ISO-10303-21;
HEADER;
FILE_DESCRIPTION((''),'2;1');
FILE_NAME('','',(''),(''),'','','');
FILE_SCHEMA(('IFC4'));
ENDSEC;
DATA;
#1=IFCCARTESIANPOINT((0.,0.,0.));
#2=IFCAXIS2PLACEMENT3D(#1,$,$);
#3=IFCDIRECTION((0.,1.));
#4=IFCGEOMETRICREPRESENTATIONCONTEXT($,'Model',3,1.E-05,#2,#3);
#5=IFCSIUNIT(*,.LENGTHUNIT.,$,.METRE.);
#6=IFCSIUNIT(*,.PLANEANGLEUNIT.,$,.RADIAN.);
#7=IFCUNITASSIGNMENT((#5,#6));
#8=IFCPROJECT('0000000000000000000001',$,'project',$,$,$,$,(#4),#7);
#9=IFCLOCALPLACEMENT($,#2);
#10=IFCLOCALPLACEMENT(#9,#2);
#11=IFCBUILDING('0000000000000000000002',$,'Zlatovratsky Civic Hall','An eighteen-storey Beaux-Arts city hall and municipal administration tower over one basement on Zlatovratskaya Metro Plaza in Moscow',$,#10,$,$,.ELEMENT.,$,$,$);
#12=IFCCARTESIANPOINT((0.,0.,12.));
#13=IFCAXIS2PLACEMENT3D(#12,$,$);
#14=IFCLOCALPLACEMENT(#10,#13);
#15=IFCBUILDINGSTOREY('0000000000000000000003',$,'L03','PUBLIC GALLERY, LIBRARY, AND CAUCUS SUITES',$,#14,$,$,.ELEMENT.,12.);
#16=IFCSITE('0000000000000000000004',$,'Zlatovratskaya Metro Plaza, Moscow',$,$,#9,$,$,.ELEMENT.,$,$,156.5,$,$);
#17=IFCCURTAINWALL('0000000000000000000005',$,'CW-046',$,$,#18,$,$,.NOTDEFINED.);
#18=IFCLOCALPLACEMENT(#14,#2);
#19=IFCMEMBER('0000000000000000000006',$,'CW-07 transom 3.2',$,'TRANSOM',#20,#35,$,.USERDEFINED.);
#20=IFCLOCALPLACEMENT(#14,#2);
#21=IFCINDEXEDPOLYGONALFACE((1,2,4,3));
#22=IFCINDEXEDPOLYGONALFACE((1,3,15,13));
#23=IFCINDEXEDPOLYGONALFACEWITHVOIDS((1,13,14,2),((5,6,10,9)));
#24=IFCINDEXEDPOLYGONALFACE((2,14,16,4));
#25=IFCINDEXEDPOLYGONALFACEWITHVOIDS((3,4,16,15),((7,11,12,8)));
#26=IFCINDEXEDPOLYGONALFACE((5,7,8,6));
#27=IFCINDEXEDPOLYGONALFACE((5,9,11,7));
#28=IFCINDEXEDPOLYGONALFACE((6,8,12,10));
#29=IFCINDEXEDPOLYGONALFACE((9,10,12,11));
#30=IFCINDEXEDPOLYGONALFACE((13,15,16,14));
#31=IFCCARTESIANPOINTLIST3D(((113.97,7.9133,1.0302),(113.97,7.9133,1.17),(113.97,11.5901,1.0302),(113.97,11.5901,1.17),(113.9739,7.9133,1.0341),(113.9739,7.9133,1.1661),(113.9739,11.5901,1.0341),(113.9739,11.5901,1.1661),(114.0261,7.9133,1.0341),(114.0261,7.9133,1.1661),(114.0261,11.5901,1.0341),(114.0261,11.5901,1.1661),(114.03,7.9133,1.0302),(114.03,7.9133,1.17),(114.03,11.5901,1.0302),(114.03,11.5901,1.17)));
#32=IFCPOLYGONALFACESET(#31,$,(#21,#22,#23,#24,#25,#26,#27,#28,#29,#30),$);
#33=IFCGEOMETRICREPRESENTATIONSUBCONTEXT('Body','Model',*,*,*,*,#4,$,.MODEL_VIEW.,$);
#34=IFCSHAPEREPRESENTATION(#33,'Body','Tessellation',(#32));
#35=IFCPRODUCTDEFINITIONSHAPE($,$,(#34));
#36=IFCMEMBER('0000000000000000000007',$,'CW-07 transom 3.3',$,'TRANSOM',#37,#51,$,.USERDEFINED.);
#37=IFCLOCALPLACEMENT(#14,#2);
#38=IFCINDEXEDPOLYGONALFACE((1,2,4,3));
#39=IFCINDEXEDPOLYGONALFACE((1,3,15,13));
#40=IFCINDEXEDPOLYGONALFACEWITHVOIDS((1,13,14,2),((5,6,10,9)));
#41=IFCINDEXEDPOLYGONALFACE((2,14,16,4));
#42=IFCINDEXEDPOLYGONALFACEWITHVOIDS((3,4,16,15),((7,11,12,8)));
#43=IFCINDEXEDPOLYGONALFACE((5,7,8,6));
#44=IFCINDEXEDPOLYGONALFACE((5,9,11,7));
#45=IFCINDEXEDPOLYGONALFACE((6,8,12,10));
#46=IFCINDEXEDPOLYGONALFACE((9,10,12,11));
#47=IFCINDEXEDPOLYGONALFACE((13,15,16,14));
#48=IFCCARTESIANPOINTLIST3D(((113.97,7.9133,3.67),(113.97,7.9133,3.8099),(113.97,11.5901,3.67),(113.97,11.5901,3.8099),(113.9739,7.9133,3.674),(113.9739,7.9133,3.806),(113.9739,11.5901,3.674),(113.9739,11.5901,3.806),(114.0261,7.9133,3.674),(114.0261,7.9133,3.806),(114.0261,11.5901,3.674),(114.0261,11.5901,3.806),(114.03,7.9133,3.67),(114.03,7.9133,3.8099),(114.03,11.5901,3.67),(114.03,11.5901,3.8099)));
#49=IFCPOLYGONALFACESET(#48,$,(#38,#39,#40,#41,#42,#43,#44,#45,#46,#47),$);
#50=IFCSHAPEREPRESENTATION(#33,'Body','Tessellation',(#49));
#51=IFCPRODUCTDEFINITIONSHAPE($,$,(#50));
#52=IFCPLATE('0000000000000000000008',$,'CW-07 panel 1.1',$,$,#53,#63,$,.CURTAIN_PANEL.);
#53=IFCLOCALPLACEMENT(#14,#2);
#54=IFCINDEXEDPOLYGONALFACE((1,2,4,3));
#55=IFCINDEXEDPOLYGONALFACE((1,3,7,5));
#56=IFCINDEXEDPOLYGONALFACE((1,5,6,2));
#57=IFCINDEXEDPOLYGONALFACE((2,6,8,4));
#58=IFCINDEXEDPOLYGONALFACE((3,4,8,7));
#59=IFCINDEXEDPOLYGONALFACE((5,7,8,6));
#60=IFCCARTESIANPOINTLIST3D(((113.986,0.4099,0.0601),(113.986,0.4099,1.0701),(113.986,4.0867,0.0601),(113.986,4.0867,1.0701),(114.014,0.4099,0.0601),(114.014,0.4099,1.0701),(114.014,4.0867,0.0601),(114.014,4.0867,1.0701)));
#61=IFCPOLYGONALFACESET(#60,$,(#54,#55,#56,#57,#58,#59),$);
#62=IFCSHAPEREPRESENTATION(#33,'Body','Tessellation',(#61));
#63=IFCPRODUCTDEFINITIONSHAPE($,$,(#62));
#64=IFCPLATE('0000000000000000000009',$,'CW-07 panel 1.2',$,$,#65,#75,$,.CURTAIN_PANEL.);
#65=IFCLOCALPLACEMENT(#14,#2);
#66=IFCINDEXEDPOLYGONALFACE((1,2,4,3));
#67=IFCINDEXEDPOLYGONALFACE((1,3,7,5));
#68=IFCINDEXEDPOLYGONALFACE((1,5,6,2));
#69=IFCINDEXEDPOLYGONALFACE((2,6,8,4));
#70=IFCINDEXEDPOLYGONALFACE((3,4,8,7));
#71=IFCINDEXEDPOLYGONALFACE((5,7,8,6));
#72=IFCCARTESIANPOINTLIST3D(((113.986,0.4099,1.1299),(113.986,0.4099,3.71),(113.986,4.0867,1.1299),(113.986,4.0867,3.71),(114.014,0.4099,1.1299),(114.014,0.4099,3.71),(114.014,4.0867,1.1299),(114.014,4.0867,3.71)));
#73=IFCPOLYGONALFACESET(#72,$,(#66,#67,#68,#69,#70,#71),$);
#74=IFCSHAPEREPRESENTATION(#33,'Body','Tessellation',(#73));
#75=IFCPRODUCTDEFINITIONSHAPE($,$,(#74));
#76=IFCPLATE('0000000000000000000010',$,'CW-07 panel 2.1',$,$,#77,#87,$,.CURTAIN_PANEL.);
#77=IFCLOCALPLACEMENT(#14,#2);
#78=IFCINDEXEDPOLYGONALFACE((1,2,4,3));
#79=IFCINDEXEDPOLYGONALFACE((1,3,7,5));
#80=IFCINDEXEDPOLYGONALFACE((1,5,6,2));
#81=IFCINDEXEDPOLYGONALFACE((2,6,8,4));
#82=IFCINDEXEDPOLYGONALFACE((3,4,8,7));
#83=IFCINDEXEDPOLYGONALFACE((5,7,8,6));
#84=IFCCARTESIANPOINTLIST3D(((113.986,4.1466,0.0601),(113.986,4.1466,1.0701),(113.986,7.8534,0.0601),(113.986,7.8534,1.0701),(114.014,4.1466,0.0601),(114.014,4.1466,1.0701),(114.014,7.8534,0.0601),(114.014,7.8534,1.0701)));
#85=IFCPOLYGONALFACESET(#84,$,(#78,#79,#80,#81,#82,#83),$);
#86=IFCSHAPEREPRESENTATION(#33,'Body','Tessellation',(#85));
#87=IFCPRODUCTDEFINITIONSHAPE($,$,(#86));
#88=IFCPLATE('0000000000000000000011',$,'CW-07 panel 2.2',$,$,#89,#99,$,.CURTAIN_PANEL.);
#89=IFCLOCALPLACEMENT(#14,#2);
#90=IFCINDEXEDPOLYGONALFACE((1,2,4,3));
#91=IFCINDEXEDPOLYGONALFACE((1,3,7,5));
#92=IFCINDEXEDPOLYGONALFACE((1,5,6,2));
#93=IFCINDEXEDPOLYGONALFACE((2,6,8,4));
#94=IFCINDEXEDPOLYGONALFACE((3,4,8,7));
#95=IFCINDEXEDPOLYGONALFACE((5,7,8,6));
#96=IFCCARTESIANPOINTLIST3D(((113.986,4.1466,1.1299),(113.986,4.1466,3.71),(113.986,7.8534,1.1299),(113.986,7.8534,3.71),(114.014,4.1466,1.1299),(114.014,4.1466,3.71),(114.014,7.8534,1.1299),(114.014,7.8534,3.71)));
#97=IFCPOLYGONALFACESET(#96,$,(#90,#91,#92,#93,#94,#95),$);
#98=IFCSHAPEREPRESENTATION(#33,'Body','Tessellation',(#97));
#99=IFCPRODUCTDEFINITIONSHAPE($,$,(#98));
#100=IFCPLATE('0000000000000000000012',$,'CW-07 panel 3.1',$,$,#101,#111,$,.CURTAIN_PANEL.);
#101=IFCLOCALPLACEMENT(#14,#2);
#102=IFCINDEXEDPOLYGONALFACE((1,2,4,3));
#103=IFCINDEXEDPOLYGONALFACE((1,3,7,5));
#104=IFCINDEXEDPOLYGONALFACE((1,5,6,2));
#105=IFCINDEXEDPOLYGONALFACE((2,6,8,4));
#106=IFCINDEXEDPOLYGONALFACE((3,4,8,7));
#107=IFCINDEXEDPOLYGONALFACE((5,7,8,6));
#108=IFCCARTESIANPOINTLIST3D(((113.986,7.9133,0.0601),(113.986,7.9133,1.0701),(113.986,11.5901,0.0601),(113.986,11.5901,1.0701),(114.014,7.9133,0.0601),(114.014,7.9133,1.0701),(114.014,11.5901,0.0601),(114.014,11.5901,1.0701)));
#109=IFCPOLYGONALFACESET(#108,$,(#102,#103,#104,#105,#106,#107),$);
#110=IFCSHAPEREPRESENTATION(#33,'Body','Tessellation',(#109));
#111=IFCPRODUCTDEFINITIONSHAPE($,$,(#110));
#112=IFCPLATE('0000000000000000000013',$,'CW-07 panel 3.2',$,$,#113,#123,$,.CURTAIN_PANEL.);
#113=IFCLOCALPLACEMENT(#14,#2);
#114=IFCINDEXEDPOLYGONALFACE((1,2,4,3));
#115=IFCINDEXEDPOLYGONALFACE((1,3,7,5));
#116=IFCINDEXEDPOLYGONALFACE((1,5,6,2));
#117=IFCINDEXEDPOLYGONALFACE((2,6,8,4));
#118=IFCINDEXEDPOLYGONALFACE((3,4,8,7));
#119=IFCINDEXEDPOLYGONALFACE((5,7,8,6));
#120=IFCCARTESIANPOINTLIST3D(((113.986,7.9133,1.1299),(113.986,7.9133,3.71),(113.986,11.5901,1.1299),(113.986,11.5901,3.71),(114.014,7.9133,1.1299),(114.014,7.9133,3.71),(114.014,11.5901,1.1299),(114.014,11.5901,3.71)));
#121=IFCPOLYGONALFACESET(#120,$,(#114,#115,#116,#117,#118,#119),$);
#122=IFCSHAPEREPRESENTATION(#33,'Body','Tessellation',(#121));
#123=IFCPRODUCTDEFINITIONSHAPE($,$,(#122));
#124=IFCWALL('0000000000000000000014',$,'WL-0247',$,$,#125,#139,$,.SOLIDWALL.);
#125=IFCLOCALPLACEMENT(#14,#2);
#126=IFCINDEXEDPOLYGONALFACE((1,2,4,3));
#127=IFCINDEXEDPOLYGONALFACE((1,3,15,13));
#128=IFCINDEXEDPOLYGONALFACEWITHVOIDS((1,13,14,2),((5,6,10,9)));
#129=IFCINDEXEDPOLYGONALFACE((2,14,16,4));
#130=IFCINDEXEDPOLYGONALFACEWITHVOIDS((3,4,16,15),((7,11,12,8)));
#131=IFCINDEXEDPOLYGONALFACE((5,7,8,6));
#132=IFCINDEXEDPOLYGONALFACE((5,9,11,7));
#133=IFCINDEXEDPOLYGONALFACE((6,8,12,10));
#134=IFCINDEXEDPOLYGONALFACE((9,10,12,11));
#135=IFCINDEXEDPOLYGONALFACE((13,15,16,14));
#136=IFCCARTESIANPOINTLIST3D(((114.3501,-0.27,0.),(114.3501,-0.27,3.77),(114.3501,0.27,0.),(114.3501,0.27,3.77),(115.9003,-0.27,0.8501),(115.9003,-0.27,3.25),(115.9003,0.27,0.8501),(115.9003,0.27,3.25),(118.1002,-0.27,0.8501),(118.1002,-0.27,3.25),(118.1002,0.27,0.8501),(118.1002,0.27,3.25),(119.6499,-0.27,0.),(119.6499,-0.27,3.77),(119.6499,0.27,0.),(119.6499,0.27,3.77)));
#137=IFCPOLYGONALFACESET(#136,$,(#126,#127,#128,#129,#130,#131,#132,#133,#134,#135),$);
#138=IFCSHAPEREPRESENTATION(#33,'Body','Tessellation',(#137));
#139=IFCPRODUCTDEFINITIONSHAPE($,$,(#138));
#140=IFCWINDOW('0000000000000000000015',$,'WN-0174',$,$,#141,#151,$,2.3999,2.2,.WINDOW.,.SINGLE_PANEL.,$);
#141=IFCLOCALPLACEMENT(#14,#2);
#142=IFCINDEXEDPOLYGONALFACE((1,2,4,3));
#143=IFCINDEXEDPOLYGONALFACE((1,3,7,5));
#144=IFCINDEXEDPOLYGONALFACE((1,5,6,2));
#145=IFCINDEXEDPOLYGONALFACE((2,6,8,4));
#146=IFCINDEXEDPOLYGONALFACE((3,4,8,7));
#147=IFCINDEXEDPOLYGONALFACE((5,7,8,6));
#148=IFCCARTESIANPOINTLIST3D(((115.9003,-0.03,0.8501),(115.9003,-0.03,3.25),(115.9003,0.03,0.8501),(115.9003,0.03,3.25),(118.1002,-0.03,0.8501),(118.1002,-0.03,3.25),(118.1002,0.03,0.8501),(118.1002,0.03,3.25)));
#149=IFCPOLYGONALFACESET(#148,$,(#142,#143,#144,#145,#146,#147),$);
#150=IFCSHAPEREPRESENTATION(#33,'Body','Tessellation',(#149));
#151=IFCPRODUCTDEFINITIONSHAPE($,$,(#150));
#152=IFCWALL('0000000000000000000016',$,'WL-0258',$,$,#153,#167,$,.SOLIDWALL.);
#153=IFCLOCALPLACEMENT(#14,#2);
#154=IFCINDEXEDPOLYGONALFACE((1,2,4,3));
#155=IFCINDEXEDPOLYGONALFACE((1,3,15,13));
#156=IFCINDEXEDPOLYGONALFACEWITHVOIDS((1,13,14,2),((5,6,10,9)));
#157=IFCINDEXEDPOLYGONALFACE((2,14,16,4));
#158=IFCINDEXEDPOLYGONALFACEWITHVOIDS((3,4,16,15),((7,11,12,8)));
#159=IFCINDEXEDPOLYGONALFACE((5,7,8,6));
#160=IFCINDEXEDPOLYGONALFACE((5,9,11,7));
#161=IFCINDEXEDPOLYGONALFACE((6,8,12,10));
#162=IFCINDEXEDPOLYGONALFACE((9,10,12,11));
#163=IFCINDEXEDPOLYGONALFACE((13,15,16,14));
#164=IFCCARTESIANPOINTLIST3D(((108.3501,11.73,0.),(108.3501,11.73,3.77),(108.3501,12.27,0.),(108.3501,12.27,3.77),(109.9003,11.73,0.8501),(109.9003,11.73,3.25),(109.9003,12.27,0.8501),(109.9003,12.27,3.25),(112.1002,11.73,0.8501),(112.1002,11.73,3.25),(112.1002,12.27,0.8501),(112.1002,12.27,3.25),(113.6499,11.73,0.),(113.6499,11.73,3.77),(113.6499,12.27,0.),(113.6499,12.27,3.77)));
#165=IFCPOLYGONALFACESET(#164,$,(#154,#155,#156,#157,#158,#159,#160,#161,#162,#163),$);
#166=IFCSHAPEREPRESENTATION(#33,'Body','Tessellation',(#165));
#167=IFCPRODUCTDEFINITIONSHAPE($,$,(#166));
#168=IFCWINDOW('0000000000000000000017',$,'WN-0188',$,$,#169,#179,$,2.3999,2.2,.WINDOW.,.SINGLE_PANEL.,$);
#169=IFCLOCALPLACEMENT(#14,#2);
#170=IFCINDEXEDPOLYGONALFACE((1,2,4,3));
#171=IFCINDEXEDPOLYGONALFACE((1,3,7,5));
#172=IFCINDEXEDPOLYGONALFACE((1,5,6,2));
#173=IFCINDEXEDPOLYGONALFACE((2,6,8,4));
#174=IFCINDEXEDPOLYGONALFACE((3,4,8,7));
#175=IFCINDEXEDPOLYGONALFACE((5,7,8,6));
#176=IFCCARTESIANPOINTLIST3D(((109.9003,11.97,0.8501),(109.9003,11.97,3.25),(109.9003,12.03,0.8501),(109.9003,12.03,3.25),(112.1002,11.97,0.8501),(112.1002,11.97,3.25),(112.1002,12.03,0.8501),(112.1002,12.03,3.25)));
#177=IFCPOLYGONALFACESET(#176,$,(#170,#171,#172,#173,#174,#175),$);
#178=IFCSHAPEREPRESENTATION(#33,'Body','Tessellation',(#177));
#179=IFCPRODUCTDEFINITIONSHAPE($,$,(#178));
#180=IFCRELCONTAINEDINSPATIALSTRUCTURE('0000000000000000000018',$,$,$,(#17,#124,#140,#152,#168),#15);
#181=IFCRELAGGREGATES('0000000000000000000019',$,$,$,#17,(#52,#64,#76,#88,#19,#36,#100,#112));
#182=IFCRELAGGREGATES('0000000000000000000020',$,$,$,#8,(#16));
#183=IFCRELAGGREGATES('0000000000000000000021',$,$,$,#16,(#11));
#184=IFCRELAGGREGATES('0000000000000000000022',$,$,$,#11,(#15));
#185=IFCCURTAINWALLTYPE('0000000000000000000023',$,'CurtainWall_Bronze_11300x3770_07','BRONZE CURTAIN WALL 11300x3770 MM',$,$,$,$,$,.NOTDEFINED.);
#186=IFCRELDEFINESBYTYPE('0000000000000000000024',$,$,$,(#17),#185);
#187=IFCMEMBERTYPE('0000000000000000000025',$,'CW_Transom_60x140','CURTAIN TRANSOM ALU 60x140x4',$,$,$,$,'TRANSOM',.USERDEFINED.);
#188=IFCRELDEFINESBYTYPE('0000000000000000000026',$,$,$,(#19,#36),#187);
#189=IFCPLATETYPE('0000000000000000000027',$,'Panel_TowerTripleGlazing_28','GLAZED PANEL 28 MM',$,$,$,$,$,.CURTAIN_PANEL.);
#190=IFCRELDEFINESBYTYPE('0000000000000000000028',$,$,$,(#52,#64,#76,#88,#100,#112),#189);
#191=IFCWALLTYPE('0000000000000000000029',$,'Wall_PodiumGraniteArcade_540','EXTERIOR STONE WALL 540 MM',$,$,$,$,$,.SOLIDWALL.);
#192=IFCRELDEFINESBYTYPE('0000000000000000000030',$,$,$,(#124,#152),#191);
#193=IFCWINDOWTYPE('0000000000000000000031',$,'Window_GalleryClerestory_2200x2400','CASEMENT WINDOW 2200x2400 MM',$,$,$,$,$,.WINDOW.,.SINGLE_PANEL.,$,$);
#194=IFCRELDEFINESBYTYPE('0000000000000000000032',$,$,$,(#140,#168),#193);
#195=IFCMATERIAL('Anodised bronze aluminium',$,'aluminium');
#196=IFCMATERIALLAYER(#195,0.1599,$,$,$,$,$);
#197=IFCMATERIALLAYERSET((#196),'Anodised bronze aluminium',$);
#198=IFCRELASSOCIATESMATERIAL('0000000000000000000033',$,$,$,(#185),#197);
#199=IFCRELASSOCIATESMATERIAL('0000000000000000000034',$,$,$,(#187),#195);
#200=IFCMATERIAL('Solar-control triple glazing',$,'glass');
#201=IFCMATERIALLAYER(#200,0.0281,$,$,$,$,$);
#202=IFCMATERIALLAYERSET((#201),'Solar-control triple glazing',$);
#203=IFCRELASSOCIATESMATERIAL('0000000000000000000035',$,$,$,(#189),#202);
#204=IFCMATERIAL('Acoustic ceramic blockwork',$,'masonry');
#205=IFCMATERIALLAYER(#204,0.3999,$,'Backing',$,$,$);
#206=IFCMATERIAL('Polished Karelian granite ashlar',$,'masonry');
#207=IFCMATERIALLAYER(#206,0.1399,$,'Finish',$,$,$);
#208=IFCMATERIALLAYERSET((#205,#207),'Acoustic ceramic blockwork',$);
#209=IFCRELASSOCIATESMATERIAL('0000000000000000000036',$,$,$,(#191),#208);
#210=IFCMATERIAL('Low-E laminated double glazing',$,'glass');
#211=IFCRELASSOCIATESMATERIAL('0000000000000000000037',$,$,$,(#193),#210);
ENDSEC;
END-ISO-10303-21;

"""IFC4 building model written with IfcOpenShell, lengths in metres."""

from ifc_helpers import new_model, si_unit, direction, frame, frame_2d, origin, origin_2d, place, context, subcontext, project, spatial, rectangle, hollow_rectangle, extrude, material, layer, layer_set, material_profile, profile_set, type_object, element, fill, aggregate, save


model = new_model("IFC4")

# Units and contexts
model_context = context("Model", 3, precision=1e-05, world=origin(), true_north=direction((0.0, 1.0)))
body_context = subcontext(model_context, "Body", "Model", "MODEL_VIEW")
ifc_project = project(units=[si_unit("LENGTHUNIT", "METRE"), si_unit("PLANEANGLEUNIT", "RADIAN")], contexts=[model_context])

# Site, building, storey
site_placement = place(None, origin())
site = spatial("IfcSite", under=ifc_project, at=site_placement, Name="Zlatovratskaya Metro Plaza, Moscow", CompositionType="ELEMENT", RefElevation=156.5)
building_placement = place(site_placement, origin())
building = spatial("IfcBuilding", under=site, at=building_placement, Name="Zlatovratsky Civic Hall", Description="An eighteen-storey Beaux-Arts city hall and municipal administration tower over one basement on Zlatovratskaya Metro Plaza in Moscow", CompositionType="ELEMENT")
storey_placement = place(building_placement, frame((0.0, 0.0, 12.0)))
storey = spatial("IfcBuildingStorey", under=building, at=storey_placement, Name="L03", Description="PUBLIC GALLERY, LIBRARY, AND CAUCUS SUITES", CompositionType="ELEMENT", Elevation=12.0)

# Curtain wall, members, plates
ifc_material_1 = material(Name="Anodised bronze aluminium", Category="aluminium")
ifc_layer_1 = layer(ifc_material_1, 0.1599)
ifc_layer_set_1 = layer_set([ifc_layer_1], Name="Anodised bronze aluminium")
curtain_wall_type = type_object("IfcCurtainWallType", Name="CurtainWall_Bronze_11300x3770_07", Description="BRONZE CURTAIN WALL 11300x3770 MM", PredefinedType="NOTDEFINED", material=ifc_layer_set_1)
curtain_wall_placement = place(storey_placement, origin())
curtain_wall = element("IfcCurtainWall", 1, at=curtain_wall_placement, inside=storey, type_object=curtain_wall_type, Name="CW-046", PredefinedType="NOTDEFINED")
ifc_material_profile_1 = material_profile(ifc_material_1, hollow_rectangle(XDim=0.0601, YDim=0.1399, WallThickness=0.0039, at=origin_2d()), Name="ALU 60x140x4")
ifc_profile_set_1 = profile_set([ifc_material_profile_1], Name="Anodised bronze aluminium")
member_type_1 = type_object("IfcMemberType", Name="CW_Transom_60x140", Description="CURTAIN TRANSOM ALU 60x140x4", ElementType="TRANSOM", PredefinedType="USERDEFINED", material=ifc_profile_set_1)
member_1_placement = place(storey_placement, frame((114.0, 7.9133, 1.1001), z_axis=(0.0, 1.0, 0.0), x_axis=(-1.0, 0.0, 0.0)))
member_1 = element("IfcMember", 2, at=member_1_placement, type_object=member_type_1, Name="CW-07 transom 3.2", ObjectType="TRANSOM", PredefinedType="USERDEFINED", context=body_context, shape_type="SweptSolid", body=[
    extrude(hollow_rectangle(XDim=0.0601, YDim=0.1399, WallThickness=0.0039, at=origin_2d()), origin(), (0.0, 0.0, 1.0), 3.6768),
])
member_2_placement = place(storey_placement, frame((114.0, 7.9133, 3.74), z_axis=(0.0, 1.0, 0.0), x_axis=(-1.0, 0.0, 0.0)))
member_2 = element("IfcMember", 3, at=member_2_placement, type_object=member_type_1, Name="CW-07 transom 3.3", ObjectType="TRANSOM", PredefinedType="USERDEFINED", context=body_context, shape_type="SweptSolid", body=[
    extrude(hollow_rectangle(XDim=0.0601, YDim=0.1399, WallThickness=0.0039, at=origin_2d()), origin(), (0.0, 0.0, 1.0), 3.6768),
])
ifc_material_2 = material(Name="Solar-control triple glazing", Category="glass")
ifc_layer_2 = layer(ifc_material_2, 0.0281)
ifc_layer_set_2 = layer_set([ifc_layer_2], Name="Solar-control triple glazing")
plate_type = type_object("IfcPlateType", Name="Panel_TowerTripleGlazing_28", Description="GLAZED PANEL 28 MM", PredefinedType="CURTAIN_PANEL", material=ifc_layer_set_2)
plate_1_placement = place(storey_placement, frame((114.0, 2.2483, 0.0601), z_axis=(0.0, 0.0, 1.0), x_axis=(0.0, 1.0, 0.0)))
plate_1 = element("IfcPlate", 4, at=plate_1_placement, type_object=plate_type, Name="CW-07 panel 1.1", PredefinedType="CURTAIN_PANEL", context=body_context, shape_type="SweptSolid", body=[
    extrude(rectangle(XDim=3.6768, YDim=0.0281, at=origin_2d()), origin(), (0.0, 0.0, 1.0), 1.01),
])
plate_2_placement = place(storey_placement, frame((114.0, 2.2483, 1.1299), z_axis=(0.0, 0.0, 1.0), x_axis=(0.0, 1.0, 0.0)))
plate_2 = element("IfcPlate", 5, at=plate_2_placement, type_object=plate_type, Name="CW-07 panel 1.2", PredefinedType="CURTAIN_PANEL", context=body_context, shape_type="SweptSolid", body=[
    extrude(rectangle(XDim=3.6768, YDim=0.0281, at=origin_2d()), origin(), (0.0, 0.0, 1.0), 2.5801),
])
plate_3_placement = place(storey_placement, frame((114.0, 6.0, 0.0601), z_axis=(0.0, 0.0, 1.0), x_axis=(0.0, 1.0, 0.0)))
plate_3 = element("IfcPlate", 6, at=plate_3_placement, type_object=plate_type, Name="CW-07 panel 2.1", PredefinedType="CURTAIN_PANEL", context=body_context, shape_type="SweptSolid", body=[
    extrude(rectangle(XDim=3.7068, YDim=0.0281, at=origin_2d()), origin(), (0.0, 0.0, 1.0), 1.01),
])
plate_4_placement = place(storey_placement, frame((114.0, 6.0, 1.1299), z_axis=(0.0, 0.0, 1.0), x_axis=(0.0, 1.0, 0.0)))
plate_4 = element("IfcPlate", 7, at=plate_4_placement, type_object=plate_type, Name="CW-07 panel 2.2", PredefinedType="CURTAIN_PANEL", context=body_context, shape_type="SweptSolid", body=[
    extrude(rectangle(XDim=3.7068, YDim=0.0281, at=origin_2d()), origin(), (0.0, 0.0, 1.0), 2.5801),
])
plate_5_placement = place(storey_placement, frame((114.0, 9.7517, 0.0601), z_axis=(0.0, 0.0, 1.0), x_axis=(0.0, 1.0, 0.0)))
plate_5 = element("IfcPlate", 8, at=plate_5_placement, type_object=plate_type, Name="CW-07 panel 3.1", PredefinedType="CURTAIN_PANEL", context=body_context, shape_type="SweptSolid", body=[
    extrude(rectangle(XDim=3.6768, YDim=0.0281, at=origin_2d()), origin(), (0.0, 0.0, 1.0), 1.01),
])
plate_6_placement = place(storey_placement, frame((114.0, 9.7517, 1.1299), z_axis=(0.0, 0.0, 1.0), x_axis=(0.0, 1.0, 0.0)))
plate_6 = element("IfcPlate", 9, at=plate_6_placement, type_object=plate_type, Name="CW-07 panel 3.2", PredefinedType="CURTAIN_PANEL", context=body_context, shape_type="SweptSolid", body=[
    extrude(rectangle(XDim=3.6768, YDim=0.0281, at=origin_2d()), origin(), (0.0, 0.0, 1.0), 2.5801),
])
aggregate(curtain_wall, [plate_1, plate_2, plate_3, plate_4, member_1, member_2, plate_5, plate_6])

# Walls, openings, windows
ifc_material_3 = material(Name="Acoustic ceramic blockwork", Category="masonry")
ifc_layer_3 = layer(ifc_material_3, 0.3999, Name="Backing")
ifc_material_4 = material(Name="Polished Karelian granite ashlar", Category="masonry")
ifc_layer_4 = layer(ifc_material_4, 0.1399, Name="Finish")
ifc_layer_set_3 = layer_set([ifc_layer_3, ifc_layer_4], Name="Acoustic ceramic blockwork")
wall_type = type_object("IfcWallType", Name="Wall_PodiumGraniteArcade_540", Description="EXTERIOR STONE WALL 540 MM", PredefinedType="SOLIDWALL", material=ifc_layer_set_3)
wall_1_placement = place(storey_placement, frame((114.3501, 0.0, 0.0), z_axis=(0.0, 0.0, 1.0), x_axis=(1.0, 0.0, 0.0)))
wall_1 = element("IfcWall", 10, at=wall_1_placement, inside=storey, type_object=wall_type, Name="WL-0247", PredefinedType="SOLIDWALL", context=body_context, shape_type="SweptSolid", body=[
    extrude(rectangle(XDim=5.2998, YDim=0.54, at=frame_2d((2.6499, 0.0))), origin(), (0.0, 0.0, 1.0), 3.77),
])
opening_1_placement = place(wall_1_placement, frame((1.55, 0.0, 0.8501)))
opening_1 = element("IfcOpeningElement", 11, at=opening_1_placement, cuts=wall_1, PredefinedType="OPENING", context=body_context, shape_type="SweptSolid", body=[
    extrude(rectangle(XDim=2.2, YDim=2.3999, at=frame_2d((1.1001, 1.2))), frame((0.0, 0.2849, 0.0), z_axis=(0.0, -1.0, 0.0), x_axis=(1.0, 0.0, 0.0)), (0.0, 0.0, 1.0), 0.5698),
])
ifc_material_5 = material(Name="Low-E laminated double glazing", Category="glass")
window_type = type_object("IfcWindowType", Name="Window_GalleryClerestory_2200x2400", Description="CASEMENT WINDOW 2200x2400 MM", PartitioningType="SINGLE_PANEL", PredefinedType="WINDOW", material=ifc_material_5)
window_1_placement = place(opening_1_placement, origin())
window_1 = element("IfcWindow", 12, at=window_1_placement, inside=storey, type_object=window_type, Name="WN-0174", OverallHeight=2.3999, OverallWidth=2.2, PartitioningType="SINGLE_PANEL", PredefinedType="WINDOW", context=body_context, shape_type="SweptSolid", body=[
    extrude(rectangle(XDim=2.2, YDim=2.3999, at=frame_2d((1.1001, 1.2))), frame((0.0, 0.03, 0.0), z_axis=(0.0, -1.0, 0.0), x_axis=(1.0, 0.0, 0.0)), (0.0, 0.0, 1.0), 0.0601),
])
fill(opening_1, window_1)
wall_2_placement = place(storey_placement, frame((108.3501, 12.0, 0.0), z_axis=(0.0, 0.0, 1.0), x_axis=(1.0, 0.0, 0.0)))
wall_2 = element("IfcWall", 13, at=wall_2_placement, inside=storey, type_object=wall_type, Name="WL-0258", PredefinedType="SOLIDWALL", context=body_context, shape_type="SweptSolid", body=[
    extrude(rectangle(XDim=5.2998, YDim=0.54, at=frame_2d((2.6499, 0.0))), origin(), (0.0, 0.0, 1.0), 3.77),
])
opening_2_placement = place(wall_2_placement, frame((1.55, 0.0, 0.8501)))
opening_2 = element("IfcOpeningElement", 14, at=opening_2_placement, cuts=wall_2, PredefinedType="OPENING", context=body_context, shape_type="SweptSolid", body=[
    extrude(rectangle(XDim=2.2, YDim=2.3999, at=frame_2d((1.1001, 1.2))), frame((0.0, 0.2849, 0.0), z_axis=(0.0, -1.0, 0.0), x_axis=(1.0, 0.0, 0.0)), (0.0, 0.0, 1.0), 0.5698),
])
window_2_placement = place(opening_2_placement, origin())
window_2 = element("IfcWindow", 15, at=window_2_placement, inside=storey, type_object=window_type, Name="WN-0188", OverallHeight=2.3999, OverallWidth=2.2, PartitioningType="SINGLE_PANEL", PredefinedType="WINDOW", context=body_context, shape_type="SweptSolid", body=[
    extrude(rectangle(XDim=2.2, YDim=2.3999, at=frame_2d((1.1001, 1.2))), frame((0.0, 0.03, 0.0), z_axis=(0.0, -1.0, 0.0), x_axis=(1.0, 0.0, 0.0)), (0.0, 0.0, 1.0), 0.0601),
])
fill(opening_2, window_2)

save(model, "model.ifc")
